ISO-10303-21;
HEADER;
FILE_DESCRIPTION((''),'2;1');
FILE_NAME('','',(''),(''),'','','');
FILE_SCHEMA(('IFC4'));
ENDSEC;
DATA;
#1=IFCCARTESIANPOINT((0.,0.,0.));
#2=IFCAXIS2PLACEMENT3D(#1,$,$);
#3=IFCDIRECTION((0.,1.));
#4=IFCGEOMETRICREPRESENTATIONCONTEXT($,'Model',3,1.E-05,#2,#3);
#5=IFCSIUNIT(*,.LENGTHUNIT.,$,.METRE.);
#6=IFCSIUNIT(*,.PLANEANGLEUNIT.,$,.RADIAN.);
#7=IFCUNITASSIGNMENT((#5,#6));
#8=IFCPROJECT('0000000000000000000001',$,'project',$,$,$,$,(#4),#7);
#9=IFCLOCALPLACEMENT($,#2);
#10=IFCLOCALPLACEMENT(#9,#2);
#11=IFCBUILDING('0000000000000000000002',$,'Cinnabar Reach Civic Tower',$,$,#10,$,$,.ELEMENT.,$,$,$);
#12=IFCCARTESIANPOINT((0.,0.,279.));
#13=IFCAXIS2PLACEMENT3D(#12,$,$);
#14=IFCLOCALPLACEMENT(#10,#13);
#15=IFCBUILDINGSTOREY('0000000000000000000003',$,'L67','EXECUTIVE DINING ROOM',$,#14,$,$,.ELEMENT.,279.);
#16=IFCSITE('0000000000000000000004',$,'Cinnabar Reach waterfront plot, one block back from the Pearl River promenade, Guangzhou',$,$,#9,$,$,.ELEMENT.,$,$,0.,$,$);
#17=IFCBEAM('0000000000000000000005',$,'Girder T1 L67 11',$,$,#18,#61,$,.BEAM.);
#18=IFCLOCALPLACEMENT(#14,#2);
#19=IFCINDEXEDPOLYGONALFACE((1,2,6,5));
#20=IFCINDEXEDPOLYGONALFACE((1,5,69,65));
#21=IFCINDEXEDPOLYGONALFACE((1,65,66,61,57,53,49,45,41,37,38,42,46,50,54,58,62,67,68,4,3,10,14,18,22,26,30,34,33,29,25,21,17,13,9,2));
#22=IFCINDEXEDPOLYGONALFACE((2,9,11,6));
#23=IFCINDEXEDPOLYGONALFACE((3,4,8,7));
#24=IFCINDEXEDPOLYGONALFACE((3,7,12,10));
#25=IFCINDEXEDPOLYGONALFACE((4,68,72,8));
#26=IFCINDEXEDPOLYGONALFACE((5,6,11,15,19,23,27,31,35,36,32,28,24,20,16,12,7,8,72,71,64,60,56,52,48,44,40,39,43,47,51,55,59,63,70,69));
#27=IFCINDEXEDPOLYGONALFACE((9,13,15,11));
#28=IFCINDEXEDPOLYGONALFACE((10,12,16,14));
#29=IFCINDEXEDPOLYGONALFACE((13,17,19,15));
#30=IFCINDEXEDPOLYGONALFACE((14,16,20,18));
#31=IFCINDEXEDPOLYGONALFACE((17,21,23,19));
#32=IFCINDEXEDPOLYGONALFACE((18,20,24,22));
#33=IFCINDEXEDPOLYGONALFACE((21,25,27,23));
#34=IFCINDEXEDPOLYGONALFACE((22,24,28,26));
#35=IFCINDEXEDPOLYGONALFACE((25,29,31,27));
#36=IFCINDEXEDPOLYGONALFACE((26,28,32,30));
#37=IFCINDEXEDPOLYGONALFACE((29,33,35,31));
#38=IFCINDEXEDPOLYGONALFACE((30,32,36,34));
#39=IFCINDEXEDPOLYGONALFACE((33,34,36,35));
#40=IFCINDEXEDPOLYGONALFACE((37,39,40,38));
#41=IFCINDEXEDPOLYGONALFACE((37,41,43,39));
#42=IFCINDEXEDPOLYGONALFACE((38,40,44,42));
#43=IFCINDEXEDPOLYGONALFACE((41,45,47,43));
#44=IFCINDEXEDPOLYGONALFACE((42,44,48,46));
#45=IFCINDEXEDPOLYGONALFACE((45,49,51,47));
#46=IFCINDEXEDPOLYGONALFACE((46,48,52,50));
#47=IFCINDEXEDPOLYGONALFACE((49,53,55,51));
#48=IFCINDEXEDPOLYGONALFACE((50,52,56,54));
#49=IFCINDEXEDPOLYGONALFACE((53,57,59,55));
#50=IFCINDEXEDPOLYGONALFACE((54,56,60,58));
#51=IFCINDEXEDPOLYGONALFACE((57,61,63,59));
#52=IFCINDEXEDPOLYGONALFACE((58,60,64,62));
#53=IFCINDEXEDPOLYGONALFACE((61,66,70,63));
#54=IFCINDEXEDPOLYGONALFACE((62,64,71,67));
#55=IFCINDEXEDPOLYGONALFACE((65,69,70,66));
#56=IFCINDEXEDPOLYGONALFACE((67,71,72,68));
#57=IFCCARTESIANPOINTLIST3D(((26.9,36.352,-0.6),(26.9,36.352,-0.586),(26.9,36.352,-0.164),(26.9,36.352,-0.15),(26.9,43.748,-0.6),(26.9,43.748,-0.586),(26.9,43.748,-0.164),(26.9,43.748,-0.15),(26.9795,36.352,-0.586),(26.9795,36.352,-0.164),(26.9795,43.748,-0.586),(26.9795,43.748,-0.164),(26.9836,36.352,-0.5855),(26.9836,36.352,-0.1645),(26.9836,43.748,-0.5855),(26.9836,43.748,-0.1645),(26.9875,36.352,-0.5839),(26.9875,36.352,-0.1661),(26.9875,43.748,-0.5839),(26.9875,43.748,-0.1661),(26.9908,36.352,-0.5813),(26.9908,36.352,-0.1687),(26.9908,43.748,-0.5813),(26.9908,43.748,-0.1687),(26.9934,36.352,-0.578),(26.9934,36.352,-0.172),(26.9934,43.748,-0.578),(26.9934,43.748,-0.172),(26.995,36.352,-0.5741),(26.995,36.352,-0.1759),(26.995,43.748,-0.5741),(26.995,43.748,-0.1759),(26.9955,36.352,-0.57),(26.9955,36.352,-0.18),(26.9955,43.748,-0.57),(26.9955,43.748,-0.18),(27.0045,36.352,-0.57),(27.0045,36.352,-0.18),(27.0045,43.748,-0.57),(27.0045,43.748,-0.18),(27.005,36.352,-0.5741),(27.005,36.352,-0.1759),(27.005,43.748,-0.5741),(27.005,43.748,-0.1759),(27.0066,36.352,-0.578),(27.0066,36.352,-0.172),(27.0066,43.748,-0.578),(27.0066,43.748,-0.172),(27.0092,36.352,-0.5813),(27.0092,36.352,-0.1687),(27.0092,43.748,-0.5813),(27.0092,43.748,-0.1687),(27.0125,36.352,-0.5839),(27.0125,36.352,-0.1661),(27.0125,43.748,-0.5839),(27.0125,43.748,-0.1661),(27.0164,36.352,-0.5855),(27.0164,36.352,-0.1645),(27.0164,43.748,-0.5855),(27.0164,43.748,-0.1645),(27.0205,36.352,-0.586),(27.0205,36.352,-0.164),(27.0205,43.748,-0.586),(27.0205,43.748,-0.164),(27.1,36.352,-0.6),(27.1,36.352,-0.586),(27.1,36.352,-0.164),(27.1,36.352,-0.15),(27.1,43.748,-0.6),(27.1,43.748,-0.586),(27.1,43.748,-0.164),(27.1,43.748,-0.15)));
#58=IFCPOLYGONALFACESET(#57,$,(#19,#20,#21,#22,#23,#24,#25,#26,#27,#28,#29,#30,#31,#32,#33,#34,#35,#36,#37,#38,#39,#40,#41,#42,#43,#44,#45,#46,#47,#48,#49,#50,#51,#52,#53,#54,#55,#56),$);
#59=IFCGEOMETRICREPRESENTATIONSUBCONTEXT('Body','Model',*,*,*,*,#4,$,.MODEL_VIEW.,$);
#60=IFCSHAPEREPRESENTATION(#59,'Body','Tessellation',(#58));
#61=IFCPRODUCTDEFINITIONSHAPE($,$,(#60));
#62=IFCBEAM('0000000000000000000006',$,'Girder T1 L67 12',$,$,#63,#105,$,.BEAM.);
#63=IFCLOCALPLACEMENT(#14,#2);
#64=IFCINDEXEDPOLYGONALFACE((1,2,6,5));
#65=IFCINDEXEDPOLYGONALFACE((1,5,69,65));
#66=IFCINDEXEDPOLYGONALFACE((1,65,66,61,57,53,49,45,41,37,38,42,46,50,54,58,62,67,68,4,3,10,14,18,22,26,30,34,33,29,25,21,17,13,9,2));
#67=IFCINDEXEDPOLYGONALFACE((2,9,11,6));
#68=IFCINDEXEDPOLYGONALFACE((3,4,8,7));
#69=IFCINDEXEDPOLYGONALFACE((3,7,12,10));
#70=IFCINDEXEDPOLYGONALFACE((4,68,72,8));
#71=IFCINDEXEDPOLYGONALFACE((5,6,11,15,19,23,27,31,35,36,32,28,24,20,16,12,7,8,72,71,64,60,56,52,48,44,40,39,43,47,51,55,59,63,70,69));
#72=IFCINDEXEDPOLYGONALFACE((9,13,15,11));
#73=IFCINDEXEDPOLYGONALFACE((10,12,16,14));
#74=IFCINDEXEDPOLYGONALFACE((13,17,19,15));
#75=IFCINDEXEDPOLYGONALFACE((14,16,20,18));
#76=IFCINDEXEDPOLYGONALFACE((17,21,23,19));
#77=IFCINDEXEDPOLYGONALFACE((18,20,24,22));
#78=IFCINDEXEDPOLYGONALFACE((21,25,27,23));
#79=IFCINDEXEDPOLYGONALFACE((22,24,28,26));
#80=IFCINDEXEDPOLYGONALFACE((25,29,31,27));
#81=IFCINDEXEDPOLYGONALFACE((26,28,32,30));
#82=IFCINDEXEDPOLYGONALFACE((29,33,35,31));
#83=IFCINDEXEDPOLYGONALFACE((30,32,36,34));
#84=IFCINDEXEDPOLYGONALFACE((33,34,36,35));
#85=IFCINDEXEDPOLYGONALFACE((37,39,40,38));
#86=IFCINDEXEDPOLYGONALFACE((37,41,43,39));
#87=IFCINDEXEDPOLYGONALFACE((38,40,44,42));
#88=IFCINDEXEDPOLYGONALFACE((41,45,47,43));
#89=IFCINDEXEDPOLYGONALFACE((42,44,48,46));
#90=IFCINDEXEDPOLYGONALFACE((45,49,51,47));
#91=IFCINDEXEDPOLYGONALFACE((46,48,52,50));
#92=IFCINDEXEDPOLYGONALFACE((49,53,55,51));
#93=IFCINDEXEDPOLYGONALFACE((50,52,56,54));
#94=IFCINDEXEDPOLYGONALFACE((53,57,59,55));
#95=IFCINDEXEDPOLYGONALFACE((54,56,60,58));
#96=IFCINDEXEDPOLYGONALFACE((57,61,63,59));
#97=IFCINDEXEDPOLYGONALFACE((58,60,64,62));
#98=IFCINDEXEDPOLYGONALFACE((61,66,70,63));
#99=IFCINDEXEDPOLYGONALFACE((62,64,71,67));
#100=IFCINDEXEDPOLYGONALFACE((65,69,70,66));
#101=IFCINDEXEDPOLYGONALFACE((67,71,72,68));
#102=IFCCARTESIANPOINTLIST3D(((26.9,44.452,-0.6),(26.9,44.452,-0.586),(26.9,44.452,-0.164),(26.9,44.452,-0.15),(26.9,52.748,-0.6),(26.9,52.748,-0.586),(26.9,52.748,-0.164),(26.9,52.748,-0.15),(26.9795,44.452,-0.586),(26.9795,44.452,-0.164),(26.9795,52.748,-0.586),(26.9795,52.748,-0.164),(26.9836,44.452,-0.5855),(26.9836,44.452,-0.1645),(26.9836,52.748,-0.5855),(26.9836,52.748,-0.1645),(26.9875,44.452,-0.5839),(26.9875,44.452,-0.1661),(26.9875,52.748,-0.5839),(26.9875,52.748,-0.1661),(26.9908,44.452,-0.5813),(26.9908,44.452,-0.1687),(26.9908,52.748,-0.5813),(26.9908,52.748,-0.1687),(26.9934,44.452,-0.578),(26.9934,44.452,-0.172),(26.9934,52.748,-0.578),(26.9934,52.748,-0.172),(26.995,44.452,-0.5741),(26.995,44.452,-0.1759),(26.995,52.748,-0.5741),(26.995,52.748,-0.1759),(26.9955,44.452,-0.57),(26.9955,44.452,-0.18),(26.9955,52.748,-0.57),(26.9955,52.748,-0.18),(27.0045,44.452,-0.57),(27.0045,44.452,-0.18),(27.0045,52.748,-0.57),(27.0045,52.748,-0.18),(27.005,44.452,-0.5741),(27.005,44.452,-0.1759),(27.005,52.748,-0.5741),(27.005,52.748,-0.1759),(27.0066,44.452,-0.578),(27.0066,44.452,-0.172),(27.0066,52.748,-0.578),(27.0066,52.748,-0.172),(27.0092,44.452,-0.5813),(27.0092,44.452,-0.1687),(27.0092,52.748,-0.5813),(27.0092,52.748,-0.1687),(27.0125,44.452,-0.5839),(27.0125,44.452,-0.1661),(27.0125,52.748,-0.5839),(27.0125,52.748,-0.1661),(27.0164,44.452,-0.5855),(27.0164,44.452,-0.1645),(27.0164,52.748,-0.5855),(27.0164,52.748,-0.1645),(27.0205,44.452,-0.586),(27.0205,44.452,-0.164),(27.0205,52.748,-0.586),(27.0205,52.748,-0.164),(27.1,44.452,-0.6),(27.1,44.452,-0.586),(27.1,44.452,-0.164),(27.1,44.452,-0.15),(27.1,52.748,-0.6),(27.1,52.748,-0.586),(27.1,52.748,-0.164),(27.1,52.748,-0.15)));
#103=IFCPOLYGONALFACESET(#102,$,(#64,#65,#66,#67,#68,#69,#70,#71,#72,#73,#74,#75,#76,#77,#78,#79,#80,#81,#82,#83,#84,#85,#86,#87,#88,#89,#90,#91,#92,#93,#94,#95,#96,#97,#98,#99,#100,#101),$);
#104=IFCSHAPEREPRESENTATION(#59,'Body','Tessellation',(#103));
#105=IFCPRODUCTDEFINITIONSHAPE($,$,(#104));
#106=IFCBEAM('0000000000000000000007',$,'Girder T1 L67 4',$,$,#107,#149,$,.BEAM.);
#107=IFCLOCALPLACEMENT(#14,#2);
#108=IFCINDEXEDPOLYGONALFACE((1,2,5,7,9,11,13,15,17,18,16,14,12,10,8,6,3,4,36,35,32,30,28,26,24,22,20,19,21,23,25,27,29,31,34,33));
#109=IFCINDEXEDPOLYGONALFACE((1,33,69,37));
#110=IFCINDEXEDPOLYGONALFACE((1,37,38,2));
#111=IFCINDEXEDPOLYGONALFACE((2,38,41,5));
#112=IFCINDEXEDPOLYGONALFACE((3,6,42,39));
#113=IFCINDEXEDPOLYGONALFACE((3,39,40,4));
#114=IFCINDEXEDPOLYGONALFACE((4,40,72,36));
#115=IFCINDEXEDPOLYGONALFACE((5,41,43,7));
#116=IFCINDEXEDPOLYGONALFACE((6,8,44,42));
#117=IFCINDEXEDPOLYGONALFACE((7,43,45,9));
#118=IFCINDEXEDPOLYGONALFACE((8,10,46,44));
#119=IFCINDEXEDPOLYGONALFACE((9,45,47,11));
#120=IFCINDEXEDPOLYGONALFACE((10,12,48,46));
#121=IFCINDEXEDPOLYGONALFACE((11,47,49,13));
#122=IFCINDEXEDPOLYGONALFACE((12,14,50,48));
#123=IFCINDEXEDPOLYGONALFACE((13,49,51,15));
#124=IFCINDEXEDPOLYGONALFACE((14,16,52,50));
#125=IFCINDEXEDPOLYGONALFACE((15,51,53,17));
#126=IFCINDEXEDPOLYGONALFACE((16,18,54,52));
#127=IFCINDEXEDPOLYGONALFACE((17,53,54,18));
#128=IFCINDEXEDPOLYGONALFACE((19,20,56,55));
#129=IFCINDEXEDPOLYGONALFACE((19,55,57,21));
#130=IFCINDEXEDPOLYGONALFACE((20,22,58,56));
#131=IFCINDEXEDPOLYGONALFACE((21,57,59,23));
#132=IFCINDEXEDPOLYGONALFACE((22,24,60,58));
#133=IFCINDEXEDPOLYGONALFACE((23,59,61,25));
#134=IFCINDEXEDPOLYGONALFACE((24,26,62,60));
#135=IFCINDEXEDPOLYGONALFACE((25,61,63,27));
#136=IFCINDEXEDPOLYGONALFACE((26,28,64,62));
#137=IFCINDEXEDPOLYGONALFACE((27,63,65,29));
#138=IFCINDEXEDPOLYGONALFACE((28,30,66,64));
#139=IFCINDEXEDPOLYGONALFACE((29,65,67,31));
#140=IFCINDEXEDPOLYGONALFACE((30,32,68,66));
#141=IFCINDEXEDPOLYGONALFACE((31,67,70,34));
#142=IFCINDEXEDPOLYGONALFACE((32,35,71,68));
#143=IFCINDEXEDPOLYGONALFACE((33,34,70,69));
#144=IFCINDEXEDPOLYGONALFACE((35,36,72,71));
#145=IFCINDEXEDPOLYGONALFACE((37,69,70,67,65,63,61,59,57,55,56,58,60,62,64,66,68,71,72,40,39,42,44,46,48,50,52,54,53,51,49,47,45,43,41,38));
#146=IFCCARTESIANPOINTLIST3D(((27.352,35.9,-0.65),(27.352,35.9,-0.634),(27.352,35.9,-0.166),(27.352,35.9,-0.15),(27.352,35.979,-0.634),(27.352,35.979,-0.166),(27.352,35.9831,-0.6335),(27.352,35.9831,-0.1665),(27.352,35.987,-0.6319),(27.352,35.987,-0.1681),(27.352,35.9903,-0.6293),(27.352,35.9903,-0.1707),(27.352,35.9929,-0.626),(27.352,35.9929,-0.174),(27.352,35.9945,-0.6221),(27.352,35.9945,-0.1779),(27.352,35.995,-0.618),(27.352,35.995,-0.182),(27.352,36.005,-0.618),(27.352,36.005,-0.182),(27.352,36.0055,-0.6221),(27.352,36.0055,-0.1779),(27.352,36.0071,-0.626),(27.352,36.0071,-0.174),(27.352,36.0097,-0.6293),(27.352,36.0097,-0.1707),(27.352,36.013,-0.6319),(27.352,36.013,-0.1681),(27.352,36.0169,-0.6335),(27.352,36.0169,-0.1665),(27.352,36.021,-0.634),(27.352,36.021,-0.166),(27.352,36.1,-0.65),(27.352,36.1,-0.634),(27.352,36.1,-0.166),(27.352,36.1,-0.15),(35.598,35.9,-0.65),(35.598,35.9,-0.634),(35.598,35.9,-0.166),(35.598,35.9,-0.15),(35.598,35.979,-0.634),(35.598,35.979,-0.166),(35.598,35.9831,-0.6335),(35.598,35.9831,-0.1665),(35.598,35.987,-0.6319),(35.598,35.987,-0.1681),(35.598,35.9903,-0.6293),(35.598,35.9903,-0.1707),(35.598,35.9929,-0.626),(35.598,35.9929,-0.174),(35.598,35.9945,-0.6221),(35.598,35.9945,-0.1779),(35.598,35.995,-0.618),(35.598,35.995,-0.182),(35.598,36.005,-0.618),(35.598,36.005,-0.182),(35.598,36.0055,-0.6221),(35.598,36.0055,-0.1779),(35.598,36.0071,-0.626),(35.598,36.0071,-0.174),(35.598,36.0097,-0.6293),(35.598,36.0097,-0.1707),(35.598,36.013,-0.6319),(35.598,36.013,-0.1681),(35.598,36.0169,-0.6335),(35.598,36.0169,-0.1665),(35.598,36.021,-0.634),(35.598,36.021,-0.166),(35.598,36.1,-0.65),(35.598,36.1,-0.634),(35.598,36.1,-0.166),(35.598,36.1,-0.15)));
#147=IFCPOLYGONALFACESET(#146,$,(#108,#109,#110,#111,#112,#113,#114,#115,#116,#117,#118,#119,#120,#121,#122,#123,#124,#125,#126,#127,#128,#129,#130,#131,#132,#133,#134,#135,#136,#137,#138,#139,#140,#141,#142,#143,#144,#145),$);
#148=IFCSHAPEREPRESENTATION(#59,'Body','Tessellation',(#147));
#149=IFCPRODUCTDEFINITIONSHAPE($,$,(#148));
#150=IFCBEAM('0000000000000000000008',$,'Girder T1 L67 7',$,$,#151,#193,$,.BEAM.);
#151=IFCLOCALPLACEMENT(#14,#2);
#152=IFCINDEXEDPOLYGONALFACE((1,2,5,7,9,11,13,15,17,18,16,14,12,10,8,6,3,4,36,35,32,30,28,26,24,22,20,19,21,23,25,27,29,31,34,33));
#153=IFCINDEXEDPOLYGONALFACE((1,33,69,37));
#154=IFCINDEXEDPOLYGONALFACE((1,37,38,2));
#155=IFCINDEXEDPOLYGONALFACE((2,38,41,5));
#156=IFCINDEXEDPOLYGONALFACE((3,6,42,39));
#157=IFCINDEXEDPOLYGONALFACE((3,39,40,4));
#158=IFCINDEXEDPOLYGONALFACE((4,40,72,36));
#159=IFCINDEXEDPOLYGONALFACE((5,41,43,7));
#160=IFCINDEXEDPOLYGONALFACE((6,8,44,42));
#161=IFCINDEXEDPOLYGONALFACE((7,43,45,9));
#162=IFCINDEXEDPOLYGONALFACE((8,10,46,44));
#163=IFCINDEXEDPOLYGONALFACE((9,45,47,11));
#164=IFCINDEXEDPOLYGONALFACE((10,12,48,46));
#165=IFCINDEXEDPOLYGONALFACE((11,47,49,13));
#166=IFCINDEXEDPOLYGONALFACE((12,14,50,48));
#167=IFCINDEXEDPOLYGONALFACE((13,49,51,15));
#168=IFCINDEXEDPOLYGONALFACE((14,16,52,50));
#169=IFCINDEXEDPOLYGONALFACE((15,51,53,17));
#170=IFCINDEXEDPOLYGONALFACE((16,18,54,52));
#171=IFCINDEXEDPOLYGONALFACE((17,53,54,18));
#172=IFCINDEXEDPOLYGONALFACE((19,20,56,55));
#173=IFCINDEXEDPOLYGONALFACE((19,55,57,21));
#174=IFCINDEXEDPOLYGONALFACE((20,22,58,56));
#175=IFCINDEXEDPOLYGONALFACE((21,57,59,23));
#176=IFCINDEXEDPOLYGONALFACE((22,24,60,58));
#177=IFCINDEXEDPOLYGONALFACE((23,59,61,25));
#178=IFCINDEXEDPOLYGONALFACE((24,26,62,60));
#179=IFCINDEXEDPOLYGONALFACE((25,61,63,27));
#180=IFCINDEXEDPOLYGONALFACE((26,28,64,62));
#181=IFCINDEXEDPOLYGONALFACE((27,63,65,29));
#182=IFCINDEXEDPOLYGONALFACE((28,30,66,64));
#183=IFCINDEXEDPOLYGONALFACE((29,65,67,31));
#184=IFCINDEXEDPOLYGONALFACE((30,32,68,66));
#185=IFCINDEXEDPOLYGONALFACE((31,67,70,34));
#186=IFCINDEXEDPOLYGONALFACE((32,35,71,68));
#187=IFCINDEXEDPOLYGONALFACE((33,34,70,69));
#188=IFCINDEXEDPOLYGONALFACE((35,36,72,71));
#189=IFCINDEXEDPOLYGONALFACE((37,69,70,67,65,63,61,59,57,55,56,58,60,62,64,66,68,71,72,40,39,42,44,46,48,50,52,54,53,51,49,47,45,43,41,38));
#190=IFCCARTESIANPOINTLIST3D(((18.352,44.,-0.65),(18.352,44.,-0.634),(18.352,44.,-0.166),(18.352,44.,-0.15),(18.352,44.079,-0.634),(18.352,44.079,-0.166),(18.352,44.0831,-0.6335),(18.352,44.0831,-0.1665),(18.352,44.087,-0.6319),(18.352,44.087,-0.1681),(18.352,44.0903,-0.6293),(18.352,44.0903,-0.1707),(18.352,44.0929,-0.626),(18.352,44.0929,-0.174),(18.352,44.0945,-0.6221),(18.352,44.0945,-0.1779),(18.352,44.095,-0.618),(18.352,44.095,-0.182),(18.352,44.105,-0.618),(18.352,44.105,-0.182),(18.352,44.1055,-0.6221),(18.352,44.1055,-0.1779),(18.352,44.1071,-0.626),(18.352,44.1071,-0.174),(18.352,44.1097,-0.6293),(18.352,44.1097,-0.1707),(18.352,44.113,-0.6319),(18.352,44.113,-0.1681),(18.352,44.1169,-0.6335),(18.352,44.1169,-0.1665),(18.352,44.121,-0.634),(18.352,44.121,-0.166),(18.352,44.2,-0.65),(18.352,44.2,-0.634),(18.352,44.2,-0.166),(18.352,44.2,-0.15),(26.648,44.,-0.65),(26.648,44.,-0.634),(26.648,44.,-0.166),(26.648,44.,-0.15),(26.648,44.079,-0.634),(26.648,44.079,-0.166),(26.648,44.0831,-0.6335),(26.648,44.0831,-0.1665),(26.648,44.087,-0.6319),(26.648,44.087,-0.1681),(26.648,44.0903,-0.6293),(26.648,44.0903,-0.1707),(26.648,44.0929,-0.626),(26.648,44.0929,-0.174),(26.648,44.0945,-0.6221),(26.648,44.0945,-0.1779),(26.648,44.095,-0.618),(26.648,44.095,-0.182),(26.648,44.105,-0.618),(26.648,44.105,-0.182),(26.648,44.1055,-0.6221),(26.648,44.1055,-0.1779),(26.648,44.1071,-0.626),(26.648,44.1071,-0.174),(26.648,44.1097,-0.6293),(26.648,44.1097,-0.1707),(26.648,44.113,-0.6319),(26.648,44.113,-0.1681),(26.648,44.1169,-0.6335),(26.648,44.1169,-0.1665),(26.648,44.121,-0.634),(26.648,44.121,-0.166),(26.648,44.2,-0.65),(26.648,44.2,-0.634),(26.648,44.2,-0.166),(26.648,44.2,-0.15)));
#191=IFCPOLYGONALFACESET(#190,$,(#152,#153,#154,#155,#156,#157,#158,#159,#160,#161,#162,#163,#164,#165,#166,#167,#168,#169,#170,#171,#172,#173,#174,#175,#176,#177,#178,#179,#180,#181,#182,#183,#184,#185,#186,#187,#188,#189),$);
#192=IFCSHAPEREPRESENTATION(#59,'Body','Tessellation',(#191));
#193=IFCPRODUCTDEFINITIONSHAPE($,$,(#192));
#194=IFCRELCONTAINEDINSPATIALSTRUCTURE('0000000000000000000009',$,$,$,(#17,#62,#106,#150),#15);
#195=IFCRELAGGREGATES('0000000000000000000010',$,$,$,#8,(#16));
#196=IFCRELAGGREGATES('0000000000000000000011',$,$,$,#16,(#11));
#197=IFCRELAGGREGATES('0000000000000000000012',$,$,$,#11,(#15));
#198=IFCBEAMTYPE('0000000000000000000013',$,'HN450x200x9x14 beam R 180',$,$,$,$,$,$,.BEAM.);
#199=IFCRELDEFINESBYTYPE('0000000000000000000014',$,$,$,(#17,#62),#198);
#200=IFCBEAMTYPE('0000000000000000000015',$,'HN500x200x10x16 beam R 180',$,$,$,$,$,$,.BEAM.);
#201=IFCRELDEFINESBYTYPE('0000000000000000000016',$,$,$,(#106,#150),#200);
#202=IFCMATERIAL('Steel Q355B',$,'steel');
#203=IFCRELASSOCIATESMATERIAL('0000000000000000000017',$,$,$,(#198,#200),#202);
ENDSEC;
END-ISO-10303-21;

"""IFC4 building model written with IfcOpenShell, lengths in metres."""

from ifc_helpers import new_model, si_unit, direction, frame, origin, origin_2d, place, context, subcontext, project, spatial, i_section, extrude, material, material_profile, profile_set, type_object, element, save


model = new_model("IFC4")

# Units and contexts
model_context = context("Model", 3, precision=1e-05, world=origin(), true_north=direction((0.0, 1.0)))
body_context = subcontext(model_context, "Body", "Model", "MODEL_VIEW")
ifc_project = project(units=[si_unit("LENGTHUNIT", "METRE"), si_unit("PLANEANGLEUNIT", "RADIAN")], contexts=[model_context])

# Site, building, storey
site_placement = place(None, origin())
site = spatial("IfcSite", under=ifc_project, at=site_placement, Name="Cinnabar Reach waterfront plot, one block back from the Pearl River promenade, Guangzhou", CompositionType="ELEMENT", RefElevation=0.0)
building_placement = place(site_placement, origin())
building = spatial("IfcBuilding", under=site, at=building_placement, Name="Cinnabar Reach Civic Tower", CompositionType="ELEMENT")
storey_placement = place(building_placement, frame((0.0, 0.0, 279.0)))
storey = spatial("IfcBuildingStorey", under=building, at=storey_placement, Name="L67", Description="EXECUTIVE DINING ROOM", CompositionType="ELEMENT", Elevation=279.0)

# Beams
ifc_material_1 = material(Name="Steel Q355B", Category="steel")
ifc_material_profile_1 = material_profile(ifc_material_1, i_section(OverallWidth=0.2, OverallDepth=0.45, WebThickness=0.009, FlangeThickness=0.014, FilletRadius=0.016, at=origin_2d()), Name="HN450x200x9x14")
ifc_profile_set_1 = profile_set([ifc_material_profile_1], Name="Steel Q355B")
beam_type_1 = type_object("IfcBeamType", Name="HN450x200x9x14 beam R 180", PredefinedType="BEAM", material=ifc_profile_set_1)
beam_1_placement = place(storey_placement, frame((27.0, 36.352, -0.375), z_axis=(0.0, 1.0, 0.0), x_axis=(-1.0, 0.0, 0.0)))
element("IfcBeam", 1, at=beam_1_placement, inside=storey, type_object=beam_type_1, Name="Girder T1 L67 11", PredefinedType="BEAM", context=body_context, shape_type="SweptSolid", body=[
    extrude(i_section(OverallWidth=0.2, OverallDepth=0.45, WebThickness=0.009, FlangeThickness=0.014, FilletRadius=0.016, at=origin_2d()), origin(), (0.0, 0.0, 1.0), 7.396),
])
beam_2_placement = place(storey_placement, frame((27.0, 44.452, -0.375), z_axis=(0.0, 1.0, 0.0), x_axis=(-1.0, 0.0, 0.0)))
element("IfcBeam", 2, at=beam_2_placement, inside=storey, type_object=beam_type_1, Name="Girder T1 L67 12", PredefinedType="BEAM", context=body_context, shape_type="SweptSolid", body=[
    extrude(i_section(OverallWidth=0.2, OverallDepth=0.45, WebThickness=0.009, FlangeThickness=0.014, FilletRadius=0.016, at=origin_2d()), origin(), (0.0, 0.0, 1.0), 8.296),
])
ifc_material_profile_2 = material_profile(ifc_material_1, i_section(OverallWidth=0.2, OverallDepth=0.5, WebThickness=0.01, FlangeThickness=0.016, FilletRadius=0.016, at=origin_2d()), Name="HN500x200x10x16")
ifc_profile_set_2 = profile_set([ifc_material_profile_2], Name="Steel Q355B")
beam_type_2 = type_object("IfcBeamType", Name="HN500x200x10x16 beam R 180", PredefinedType="BEAM", material=ifc_profile_set_2)
beam_3_placement = place(storey_placement, frame((27.352, 36.0, -0.4), z_axis=(1.0, 0.0, 0.0), x_axis=(0.0, 1.0, 0.0)))
element("IfcBeam", 3, at=beam_3_placement, inside=storey, type_object=beam_type_2, Name="Girder T1 L67 4", PredefinedType="BEAM", context=body_context, shape_type="SweptSolid", body=[
    extrude(i_section(OverallWidth=0.2, OverallDepth=0.5, WebThickness=0.01, FlangeThickness=0.016, FilletRadius=0.016, at=origin_2d()), origin(), (0.0, 0.0, 1.0), 8.246),
])
beam_4_placement = place(storey_placement, frame((18.352, 44.1, -0.4), z_axis=(1.0, 0.0, 0.0), x_axis=(0.0, 1.0, 0.0)))
element("IfcBeam", 4, at=beam_4_placement, inside=storey, type_object=beam_type_2, Name="Girder T1 L67 7", PredefinedType="BEAM", context=body_context, shape_type="SweptSolid", body=[
    extrude(i_section(OverallWidth=0.2, OverallDepth=0.5, WebThickness=0.01, FlangeThickness=0.016, FilletRadius=0.016, at=origin_2d()), origin(), (0.0, 0.0, 1.0), 8.296),
])

save(model, "model.ifc")
